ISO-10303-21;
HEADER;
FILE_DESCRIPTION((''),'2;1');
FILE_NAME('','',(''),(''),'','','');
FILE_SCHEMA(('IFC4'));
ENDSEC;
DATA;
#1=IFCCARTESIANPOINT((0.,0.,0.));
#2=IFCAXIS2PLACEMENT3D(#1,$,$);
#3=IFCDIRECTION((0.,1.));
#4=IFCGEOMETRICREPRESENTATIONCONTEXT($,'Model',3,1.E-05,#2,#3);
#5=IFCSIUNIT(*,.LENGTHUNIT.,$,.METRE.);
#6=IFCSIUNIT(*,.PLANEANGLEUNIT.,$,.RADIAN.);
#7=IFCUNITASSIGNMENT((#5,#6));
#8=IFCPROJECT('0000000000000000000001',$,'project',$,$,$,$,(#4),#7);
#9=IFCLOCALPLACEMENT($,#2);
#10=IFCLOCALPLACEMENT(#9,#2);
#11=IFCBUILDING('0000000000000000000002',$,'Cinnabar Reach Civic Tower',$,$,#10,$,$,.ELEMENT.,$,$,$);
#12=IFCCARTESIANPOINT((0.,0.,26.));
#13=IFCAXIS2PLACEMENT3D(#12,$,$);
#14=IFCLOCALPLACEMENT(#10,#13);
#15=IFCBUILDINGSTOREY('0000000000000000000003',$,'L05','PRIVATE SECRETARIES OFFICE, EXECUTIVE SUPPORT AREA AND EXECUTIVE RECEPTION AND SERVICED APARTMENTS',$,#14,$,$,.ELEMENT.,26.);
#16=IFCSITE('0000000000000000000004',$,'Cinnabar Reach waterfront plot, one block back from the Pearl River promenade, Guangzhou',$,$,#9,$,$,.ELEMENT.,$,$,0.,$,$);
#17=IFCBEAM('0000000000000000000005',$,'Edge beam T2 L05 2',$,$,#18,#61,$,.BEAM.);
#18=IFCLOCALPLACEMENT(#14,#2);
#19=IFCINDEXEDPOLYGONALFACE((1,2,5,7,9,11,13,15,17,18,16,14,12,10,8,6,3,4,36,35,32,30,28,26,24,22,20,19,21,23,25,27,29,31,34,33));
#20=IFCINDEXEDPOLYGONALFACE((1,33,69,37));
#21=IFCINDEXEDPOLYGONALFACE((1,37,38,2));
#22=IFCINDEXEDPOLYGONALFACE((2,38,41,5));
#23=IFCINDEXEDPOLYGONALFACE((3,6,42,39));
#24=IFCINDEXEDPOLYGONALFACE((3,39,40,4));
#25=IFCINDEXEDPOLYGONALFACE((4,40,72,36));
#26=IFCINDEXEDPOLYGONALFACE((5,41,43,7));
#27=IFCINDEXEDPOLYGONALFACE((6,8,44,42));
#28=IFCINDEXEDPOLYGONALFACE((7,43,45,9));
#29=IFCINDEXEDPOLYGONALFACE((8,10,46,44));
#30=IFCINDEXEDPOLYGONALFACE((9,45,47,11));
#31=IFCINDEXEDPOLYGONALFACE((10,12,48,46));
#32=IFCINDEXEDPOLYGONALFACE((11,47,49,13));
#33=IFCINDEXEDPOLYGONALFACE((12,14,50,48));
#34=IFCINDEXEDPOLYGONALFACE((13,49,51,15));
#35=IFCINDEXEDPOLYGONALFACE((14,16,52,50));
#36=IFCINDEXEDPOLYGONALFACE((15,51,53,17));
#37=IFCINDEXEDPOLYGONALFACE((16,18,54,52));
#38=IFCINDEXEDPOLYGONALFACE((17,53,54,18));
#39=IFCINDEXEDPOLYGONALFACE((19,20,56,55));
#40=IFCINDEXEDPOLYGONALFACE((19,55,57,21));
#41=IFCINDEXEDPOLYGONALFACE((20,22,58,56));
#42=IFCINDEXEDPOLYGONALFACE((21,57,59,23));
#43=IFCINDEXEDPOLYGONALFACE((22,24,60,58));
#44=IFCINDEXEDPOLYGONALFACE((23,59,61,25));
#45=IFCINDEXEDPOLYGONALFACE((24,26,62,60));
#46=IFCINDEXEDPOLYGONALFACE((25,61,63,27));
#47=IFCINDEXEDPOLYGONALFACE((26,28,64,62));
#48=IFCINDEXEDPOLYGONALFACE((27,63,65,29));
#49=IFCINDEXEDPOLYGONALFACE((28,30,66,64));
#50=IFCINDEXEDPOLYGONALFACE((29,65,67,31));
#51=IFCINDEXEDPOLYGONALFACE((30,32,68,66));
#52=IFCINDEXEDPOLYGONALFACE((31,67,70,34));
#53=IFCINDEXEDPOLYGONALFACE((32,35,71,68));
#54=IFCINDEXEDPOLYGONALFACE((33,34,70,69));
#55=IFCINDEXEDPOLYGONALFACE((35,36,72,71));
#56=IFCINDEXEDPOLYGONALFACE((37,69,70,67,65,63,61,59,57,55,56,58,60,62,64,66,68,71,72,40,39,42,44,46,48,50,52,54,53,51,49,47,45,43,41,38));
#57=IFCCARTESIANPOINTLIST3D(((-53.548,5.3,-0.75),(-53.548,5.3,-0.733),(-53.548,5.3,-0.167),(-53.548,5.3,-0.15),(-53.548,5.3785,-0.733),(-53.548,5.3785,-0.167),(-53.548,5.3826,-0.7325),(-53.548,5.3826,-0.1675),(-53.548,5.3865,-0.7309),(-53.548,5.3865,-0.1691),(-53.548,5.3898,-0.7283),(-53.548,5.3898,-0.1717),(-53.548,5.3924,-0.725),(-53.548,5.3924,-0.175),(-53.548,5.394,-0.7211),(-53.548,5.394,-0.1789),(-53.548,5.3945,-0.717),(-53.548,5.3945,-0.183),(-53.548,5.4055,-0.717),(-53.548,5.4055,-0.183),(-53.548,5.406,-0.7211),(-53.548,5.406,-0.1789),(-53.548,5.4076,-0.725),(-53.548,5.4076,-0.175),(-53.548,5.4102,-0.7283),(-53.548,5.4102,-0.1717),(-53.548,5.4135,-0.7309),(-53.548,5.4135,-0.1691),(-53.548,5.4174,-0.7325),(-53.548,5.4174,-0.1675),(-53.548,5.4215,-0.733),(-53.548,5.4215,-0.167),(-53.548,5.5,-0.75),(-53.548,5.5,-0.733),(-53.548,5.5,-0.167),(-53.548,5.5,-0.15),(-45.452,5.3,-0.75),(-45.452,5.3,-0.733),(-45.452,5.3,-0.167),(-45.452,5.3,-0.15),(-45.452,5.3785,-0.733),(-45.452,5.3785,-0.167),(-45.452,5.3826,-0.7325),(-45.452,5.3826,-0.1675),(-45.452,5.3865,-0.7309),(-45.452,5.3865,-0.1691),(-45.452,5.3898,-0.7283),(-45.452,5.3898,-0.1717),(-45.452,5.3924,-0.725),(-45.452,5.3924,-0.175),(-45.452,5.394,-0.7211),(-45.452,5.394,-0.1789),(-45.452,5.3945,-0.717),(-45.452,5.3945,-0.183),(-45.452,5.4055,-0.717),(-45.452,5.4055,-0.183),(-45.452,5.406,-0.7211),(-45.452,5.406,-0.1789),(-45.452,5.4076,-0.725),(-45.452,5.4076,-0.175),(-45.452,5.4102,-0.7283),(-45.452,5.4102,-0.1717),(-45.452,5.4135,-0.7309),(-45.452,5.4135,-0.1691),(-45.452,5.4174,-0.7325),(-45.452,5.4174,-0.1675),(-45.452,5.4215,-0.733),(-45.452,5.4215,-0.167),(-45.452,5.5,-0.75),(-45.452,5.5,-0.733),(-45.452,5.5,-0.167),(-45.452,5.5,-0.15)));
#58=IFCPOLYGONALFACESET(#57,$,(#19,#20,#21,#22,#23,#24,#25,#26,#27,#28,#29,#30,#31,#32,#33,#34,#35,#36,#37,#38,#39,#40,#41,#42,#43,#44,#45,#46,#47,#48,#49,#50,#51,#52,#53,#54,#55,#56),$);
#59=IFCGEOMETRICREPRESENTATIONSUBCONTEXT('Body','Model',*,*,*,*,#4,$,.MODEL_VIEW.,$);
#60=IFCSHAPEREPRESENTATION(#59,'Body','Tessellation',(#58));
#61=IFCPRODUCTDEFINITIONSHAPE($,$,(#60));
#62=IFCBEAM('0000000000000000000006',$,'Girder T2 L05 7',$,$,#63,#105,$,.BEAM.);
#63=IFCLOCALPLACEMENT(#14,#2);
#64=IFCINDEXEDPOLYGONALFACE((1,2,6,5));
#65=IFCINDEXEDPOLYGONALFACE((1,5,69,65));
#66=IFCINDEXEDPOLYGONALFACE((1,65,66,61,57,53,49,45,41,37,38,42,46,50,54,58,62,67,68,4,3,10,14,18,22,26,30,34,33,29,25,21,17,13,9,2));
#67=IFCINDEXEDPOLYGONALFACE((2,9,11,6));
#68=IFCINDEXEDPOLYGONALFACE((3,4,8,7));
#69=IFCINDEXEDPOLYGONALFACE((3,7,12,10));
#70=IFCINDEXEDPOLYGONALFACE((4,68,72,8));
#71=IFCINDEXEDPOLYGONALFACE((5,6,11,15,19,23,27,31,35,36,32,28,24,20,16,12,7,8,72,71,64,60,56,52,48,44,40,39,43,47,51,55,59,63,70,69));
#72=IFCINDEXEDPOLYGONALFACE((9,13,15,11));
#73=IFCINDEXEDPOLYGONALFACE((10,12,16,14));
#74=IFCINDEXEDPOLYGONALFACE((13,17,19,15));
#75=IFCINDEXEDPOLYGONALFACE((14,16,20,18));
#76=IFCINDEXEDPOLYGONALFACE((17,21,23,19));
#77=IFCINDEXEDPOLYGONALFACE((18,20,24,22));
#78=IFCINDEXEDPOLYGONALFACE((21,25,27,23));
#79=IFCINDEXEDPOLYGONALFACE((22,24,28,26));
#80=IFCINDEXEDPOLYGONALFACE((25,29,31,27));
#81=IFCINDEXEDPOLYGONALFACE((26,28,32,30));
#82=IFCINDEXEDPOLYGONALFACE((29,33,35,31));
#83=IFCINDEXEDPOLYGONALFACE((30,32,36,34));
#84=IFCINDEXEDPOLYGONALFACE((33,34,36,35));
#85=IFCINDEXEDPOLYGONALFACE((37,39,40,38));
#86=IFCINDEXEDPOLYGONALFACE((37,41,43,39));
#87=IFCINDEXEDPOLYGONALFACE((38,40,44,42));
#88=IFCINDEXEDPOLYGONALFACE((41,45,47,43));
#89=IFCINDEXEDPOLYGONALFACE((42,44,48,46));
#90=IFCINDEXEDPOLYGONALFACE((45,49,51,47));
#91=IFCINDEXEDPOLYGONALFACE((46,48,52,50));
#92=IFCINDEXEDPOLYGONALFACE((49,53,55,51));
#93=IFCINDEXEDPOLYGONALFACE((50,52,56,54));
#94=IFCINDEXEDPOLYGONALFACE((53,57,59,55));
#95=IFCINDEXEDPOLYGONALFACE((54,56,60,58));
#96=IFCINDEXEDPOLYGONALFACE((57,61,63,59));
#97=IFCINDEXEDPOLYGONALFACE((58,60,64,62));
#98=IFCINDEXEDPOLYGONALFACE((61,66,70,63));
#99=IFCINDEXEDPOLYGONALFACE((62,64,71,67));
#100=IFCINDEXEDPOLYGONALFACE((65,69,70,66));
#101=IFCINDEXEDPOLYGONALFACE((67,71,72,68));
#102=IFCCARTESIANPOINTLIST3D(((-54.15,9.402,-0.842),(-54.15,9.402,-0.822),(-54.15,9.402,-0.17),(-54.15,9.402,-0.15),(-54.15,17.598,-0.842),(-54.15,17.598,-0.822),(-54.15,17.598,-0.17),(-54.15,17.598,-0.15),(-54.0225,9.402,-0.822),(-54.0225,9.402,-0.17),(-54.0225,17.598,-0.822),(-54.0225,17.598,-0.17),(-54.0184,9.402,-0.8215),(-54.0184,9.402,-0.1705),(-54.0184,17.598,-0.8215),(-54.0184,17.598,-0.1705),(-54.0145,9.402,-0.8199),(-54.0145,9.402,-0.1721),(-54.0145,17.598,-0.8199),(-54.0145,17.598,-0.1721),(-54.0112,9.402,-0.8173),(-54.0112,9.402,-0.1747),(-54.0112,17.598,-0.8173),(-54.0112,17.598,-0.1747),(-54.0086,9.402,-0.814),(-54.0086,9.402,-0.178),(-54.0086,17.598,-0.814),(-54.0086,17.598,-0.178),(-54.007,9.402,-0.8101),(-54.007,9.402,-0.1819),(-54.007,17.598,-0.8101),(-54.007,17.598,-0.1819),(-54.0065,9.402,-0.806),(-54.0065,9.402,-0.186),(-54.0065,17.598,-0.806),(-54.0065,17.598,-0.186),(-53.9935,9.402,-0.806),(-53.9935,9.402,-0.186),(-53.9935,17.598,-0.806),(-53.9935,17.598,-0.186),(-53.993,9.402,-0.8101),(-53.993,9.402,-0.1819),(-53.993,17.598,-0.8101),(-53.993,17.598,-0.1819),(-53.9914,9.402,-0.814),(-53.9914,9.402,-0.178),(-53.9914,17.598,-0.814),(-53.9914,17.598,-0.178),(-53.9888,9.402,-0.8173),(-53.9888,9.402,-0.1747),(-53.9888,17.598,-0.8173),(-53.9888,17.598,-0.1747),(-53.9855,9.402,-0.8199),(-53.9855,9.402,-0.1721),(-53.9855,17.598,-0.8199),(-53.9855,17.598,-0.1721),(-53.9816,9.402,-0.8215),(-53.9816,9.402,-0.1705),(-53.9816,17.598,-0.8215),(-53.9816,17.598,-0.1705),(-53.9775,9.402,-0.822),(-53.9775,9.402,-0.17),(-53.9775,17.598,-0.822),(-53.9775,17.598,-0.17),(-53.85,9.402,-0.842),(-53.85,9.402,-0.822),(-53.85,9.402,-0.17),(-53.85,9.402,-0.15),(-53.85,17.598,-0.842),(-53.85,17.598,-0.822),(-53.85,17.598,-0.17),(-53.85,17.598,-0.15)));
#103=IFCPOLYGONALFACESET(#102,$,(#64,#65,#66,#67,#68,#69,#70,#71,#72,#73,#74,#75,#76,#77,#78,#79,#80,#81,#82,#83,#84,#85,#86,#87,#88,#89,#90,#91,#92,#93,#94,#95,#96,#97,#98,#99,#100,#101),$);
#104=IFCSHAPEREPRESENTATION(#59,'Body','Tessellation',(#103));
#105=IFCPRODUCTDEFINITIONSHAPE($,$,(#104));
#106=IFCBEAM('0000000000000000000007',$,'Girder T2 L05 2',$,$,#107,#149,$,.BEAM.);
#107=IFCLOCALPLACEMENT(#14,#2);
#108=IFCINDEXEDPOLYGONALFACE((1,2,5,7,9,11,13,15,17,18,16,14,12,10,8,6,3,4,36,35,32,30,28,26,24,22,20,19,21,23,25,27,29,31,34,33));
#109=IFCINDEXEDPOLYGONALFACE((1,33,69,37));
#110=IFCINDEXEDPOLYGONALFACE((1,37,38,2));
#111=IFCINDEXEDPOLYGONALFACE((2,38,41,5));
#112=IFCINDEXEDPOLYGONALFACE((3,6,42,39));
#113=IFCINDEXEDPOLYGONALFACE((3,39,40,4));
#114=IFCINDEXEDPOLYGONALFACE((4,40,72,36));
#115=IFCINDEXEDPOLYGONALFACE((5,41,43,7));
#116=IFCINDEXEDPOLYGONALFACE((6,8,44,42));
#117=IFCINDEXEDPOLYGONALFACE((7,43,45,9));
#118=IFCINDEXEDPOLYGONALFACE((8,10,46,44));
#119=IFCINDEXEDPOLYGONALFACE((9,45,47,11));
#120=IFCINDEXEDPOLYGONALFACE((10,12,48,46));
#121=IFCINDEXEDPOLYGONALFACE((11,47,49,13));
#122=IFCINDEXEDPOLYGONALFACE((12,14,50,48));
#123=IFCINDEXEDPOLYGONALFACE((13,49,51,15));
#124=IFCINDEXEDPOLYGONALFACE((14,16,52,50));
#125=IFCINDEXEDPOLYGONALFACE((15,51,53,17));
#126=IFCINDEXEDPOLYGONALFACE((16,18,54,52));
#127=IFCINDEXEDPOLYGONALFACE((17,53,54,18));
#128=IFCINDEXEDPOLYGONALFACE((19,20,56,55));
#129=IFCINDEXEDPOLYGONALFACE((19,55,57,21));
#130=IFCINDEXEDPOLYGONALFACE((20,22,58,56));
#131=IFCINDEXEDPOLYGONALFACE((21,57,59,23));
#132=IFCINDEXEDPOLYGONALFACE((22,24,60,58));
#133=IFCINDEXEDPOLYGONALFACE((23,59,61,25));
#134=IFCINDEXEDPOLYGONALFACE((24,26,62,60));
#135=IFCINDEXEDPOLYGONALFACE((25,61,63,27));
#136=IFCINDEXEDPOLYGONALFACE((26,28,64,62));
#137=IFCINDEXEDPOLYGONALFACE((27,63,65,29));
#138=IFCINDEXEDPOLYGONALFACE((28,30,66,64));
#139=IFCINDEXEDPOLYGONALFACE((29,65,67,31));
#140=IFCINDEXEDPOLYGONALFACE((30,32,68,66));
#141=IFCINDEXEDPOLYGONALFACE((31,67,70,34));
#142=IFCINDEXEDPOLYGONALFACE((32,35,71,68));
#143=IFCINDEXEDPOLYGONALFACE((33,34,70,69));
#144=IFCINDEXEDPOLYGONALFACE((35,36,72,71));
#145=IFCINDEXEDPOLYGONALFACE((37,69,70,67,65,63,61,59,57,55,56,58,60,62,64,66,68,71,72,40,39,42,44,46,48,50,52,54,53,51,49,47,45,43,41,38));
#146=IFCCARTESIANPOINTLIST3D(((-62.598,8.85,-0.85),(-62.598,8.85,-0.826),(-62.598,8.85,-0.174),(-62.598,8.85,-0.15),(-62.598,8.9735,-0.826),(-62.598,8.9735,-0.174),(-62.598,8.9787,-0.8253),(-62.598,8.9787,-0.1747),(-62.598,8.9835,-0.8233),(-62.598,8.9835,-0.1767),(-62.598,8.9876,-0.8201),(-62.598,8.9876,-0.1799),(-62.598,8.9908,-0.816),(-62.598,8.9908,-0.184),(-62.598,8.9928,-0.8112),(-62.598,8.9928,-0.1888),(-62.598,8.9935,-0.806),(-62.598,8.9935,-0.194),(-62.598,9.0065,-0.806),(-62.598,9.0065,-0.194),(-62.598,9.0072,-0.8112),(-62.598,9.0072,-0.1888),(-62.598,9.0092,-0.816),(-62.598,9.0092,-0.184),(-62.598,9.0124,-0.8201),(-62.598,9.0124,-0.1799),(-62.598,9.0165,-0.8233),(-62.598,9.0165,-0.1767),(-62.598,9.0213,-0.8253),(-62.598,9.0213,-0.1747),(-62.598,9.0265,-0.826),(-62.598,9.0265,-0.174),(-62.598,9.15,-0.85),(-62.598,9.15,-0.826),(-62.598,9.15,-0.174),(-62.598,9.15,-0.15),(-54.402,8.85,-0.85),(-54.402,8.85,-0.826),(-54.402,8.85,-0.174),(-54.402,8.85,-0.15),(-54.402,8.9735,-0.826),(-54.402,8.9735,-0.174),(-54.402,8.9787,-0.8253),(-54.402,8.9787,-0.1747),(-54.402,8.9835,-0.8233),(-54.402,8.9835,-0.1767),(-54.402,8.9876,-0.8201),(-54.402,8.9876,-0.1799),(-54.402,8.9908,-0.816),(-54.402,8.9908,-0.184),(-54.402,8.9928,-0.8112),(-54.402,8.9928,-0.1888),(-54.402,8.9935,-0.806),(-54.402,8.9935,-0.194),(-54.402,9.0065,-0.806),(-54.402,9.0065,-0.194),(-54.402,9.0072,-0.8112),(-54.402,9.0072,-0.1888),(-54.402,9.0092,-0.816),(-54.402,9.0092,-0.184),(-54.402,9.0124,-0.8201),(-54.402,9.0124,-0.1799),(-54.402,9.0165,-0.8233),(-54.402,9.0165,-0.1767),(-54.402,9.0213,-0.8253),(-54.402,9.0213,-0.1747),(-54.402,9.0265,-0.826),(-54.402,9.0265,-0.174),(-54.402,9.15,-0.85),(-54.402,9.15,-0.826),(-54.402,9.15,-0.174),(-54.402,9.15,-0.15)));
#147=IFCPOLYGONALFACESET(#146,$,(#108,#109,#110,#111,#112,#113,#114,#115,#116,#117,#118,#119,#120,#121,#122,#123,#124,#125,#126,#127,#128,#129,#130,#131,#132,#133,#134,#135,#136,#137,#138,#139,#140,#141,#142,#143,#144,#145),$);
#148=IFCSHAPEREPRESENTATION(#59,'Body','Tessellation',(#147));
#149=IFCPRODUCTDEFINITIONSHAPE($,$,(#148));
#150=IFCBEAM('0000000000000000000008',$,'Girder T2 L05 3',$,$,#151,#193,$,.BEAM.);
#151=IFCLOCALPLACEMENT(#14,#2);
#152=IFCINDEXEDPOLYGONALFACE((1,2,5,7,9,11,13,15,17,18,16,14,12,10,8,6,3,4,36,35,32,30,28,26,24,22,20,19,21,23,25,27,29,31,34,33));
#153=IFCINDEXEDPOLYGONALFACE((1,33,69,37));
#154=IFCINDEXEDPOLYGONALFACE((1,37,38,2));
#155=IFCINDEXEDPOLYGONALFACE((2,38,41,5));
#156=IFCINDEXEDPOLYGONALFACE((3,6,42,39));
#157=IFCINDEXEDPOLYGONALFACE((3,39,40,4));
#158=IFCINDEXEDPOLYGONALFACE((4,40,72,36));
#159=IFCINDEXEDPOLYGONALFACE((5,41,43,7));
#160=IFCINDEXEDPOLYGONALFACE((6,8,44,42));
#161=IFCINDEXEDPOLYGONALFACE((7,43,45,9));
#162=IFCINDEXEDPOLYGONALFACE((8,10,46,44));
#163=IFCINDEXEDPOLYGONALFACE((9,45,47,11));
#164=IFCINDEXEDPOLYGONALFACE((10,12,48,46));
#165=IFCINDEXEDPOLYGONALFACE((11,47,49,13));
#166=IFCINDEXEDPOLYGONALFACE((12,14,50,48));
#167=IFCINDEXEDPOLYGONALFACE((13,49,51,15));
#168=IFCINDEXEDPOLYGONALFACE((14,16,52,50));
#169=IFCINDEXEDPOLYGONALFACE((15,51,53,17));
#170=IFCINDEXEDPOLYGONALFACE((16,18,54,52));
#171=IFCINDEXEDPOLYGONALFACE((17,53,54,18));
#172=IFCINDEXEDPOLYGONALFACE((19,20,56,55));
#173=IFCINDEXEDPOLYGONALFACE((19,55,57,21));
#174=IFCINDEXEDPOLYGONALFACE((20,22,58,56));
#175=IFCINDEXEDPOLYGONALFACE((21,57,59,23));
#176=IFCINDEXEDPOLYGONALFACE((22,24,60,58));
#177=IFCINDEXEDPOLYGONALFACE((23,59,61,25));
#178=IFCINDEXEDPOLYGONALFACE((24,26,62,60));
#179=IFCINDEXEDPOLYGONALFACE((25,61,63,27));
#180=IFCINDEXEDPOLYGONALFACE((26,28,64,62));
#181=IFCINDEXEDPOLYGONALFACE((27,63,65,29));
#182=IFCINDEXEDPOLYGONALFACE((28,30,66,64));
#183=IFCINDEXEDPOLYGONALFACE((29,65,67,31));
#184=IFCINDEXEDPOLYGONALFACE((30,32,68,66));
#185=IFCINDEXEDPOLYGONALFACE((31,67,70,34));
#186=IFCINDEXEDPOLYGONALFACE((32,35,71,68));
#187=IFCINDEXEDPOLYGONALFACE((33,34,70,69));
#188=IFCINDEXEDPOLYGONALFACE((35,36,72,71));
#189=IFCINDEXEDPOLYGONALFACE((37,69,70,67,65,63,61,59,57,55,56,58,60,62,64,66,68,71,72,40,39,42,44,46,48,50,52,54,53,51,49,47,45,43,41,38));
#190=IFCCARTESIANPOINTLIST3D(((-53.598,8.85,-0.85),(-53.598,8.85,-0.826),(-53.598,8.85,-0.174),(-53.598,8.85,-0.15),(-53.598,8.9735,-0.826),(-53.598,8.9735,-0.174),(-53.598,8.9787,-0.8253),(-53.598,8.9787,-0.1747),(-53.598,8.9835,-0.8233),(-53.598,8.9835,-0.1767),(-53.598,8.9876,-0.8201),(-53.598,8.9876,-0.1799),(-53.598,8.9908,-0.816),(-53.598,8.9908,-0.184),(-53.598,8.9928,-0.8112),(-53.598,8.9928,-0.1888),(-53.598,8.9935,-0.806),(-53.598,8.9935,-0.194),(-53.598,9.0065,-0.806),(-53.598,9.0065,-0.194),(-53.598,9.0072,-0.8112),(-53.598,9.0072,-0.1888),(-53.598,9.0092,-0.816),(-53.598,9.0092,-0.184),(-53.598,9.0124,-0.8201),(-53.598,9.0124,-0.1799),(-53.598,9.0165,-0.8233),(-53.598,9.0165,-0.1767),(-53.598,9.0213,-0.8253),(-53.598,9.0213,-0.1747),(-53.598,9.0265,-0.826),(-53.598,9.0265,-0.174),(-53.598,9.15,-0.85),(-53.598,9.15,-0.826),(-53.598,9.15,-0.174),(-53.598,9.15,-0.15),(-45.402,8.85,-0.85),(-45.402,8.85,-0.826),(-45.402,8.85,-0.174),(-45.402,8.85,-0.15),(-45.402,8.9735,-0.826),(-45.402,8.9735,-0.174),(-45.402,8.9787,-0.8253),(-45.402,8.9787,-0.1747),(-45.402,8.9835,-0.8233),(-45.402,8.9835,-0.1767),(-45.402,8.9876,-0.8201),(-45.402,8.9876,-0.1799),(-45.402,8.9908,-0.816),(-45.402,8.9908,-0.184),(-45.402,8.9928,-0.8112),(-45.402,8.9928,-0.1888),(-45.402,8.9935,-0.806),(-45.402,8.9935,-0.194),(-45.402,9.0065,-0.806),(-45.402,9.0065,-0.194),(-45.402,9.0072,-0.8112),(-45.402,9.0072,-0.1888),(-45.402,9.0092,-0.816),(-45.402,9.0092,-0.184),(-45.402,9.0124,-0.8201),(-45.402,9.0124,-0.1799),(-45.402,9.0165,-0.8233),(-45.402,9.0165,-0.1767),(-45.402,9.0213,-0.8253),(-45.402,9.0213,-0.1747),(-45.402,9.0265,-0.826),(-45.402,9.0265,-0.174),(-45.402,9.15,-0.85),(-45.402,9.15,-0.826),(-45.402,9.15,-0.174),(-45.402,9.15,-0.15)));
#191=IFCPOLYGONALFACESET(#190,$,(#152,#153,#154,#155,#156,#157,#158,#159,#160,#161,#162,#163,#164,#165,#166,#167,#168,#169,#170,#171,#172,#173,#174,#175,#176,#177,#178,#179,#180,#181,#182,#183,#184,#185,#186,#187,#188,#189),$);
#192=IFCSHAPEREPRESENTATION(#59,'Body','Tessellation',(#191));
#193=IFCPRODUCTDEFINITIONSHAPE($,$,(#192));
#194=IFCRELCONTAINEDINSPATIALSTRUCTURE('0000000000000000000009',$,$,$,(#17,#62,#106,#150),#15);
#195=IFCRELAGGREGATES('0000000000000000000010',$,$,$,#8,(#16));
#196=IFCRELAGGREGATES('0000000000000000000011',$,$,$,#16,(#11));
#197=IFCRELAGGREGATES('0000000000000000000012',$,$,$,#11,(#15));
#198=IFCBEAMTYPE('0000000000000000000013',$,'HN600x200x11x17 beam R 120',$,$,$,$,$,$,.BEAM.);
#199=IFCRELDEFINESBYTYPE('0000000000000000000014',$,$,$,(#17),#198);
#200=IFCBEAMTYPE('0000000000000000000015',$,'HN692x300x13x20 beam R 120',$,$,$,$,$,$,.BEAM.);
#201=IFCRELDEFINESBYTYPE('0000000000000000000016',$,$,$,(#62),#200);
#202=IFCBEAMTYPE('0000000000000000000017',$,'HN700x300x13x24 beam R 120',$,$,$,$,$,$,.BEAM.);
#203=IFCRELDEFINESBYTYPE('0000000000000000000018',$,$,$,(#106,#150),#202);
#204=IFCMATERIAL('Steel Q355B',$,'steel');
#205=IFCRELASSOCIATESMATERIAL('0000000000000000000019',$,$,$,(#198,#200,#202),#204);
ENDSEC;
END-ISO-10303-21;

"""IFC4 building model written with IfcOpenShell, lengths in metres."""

from ifc_helpers import new_model, si_unit, direction, frame, origin, origin_2d, place, context, subcontext, project, spatial, i_section, extrude, material, material_profile, profile_set, type_object, element, save


model = new_model("IFC4")

# Units and contexts
model_context = context("Model", 3, precision=1e-05, world=origin(), true_north=direction((0.0, 1.0)))
body_context = subcontext(model_context, "Body", "Model", "MODEL_VIEW")
ifc_project = project(units=[si_unit("LENGTHUNIT", "METRE"), si_unit("PLANEANGLEUNIT", "RADIAN")], contexts=[model_context])

# Site, building, storey
site_placement = place(None, origin())
site = spatial("IfcSite", under=ifc_project, at=site_placement, Name="Cinnabar Reach waterfront plot, one block back from the Pearl River promenade, Guangzhou", CompositionType="ELEMENT", RefElevation=0.0)
building_placement = place(site_placement, origin())
building = spatial("IfcBuilding", under=site, at=building_placement, Name="Cinnabar Reach Civic Tower", CompositionType="ELEMENT")
storey_placement = place(building_placement, frame((0.0, 0.0, 26.0)))
storey = spatial("IfcBuildingStorey", under=building, at=storey_placement, Name="L05", Description="PRIVATE SECRETARIES OFFICE, EXECUTIVE SUPPORT AREA AND EXECUTIVE RECEPTION AND SERVICED APARTMENTS", CompositionType="ELEMENT", Elevation=26.0)

# Beams
ifc_material_1 = material(Name="Steel Q355B", Category="steel")
ifc_material_profile_1 = material_profile(ifc_material_1, i_section(OverallWidth=0.2, OverallDepth=0.6, WebThickness=0.011, FlangeThickness=0.017, FilletRadius=0.016, at=origin_2d()), Name="HN600x200x11x17")
ifc_profile_set_1 = profile_set([ifc_material_profile_1], Name="Steel Q355B")
beam_type_1 = type_object("IfcBeamType", Name="HN600x200x11x17 beam R 120", PredefinedType="BEAM", material=ifc_profile_set_1)
beam_1_placement = place(storey_placement, frame((-53.548, 5.4, -0.45), z_axis=(1.0, 0.0, 0.0), x_axis=(0.0, 1.0, 0.0)))
element("IfcBeam", 1, at=beam_1_placement, inside=storey, type_object=beam_type_1, Name="Edge beam T2 L05 2", PredefinedType="BEAM", context=body_context, shape_type="SweptSolid", body=[
    extrude(i_section(OverallWidth=0.2, OverallDepth=0.6, WebThickness=0.011, FlangeThickness=0.017, FilletRadius=0.016, at=origin_2d()), origin(), (0.0, 0.0, 1.0), 8.096),
])
ifc_material_profile_2 = material_profile(ifc_material_1, i_section(OverallWidth=0.3, OverallDepth=0.692, WebThickness=0.013, FlangeThickness=0.02, FilletRadius=0.016, at=origin_2d()), Name="HN692x300x13x20")
ifc_profile_set_2 = profile_set([ifc_material_profile_2], Name="Steel Q355B")
beam_type_2 = type_object("IfcBeamType", Name="HN692x300x13x20 beam R 120", PredefinedType="BEAM", material=ifc_profile_set_2)
beam_2_placement = place(storey_placement, frame((-54.0, 9.402, -0.496), z_axis=(0.0, 1.0, 0.0), x_axis=(-1.0, 0.0, 0.0)))
element("IfcBeam", 2, at=beam_2_placement, inside=storey, type_object=beam_type_2, Name="Girder T2 L05 7", PredefinedType="BEAM", context=body_context, shape_type="SweptSolid", body=[
    extrude(i_section(OverallWidth=0.3, OverallDepth=0.692, WebThickness=0.013, FlangeThickness=0.02, FilletRadius=0.016, at=origin_2d()), origin(), (0.0, 0.0, 1.0), 8.196),
])
ifc_material_profile_3 = material_profile(ifc_material_1, i_section(OverallWidth=0.3, OverallDepth=0.7, WebThickness=0.013, FlangeThickness=0.024, FilletRadius=0.02, at=origin_2d()), Name="HN700x300x13x24")
ifc_profile_set_3 = profile_set([ifc_material_profile_3], Name="Steel Q355B")
beam_type_3 = type_object("IfcBeamType", Name="HN700x300x13x24 beam R 120", PredefinedType="BEAM", material=ifc_profile_set_3)
for number, where, z_axis, x_axis, name in (
    (3, (-62.598, 9.0, -0.5), (1.0, 0.0, 0.0), (0.0, 1.0, 0.0), "Girder T2 L05 2"),
    (4, (-53.598, 9.0, -0.5), (1.0, 0.0, 0.0), (0.0, 1.0, 0.0), "Girder T2 L05 3"),
):
    element("IfcBeam", number, at=place(storey_placement, frame(where, z_axis=z_axis, x_axis=x_axis)), inside=storey, type_object=beam_type_3, Name=name, PredefinedType="BEAM", context=body_context, shape_type="SweptSolid", body=[
        extrude(i_section(OverallWidth=0.3, OverallDepth=0.7, WebThickness=0.013, FlangeThickness=0.024, FilletRadius=0.02, at=origin_2d()), origin(), (0.0, 0.0, 1.0), 8.196),
    ])

save(model, "model.ifc")
